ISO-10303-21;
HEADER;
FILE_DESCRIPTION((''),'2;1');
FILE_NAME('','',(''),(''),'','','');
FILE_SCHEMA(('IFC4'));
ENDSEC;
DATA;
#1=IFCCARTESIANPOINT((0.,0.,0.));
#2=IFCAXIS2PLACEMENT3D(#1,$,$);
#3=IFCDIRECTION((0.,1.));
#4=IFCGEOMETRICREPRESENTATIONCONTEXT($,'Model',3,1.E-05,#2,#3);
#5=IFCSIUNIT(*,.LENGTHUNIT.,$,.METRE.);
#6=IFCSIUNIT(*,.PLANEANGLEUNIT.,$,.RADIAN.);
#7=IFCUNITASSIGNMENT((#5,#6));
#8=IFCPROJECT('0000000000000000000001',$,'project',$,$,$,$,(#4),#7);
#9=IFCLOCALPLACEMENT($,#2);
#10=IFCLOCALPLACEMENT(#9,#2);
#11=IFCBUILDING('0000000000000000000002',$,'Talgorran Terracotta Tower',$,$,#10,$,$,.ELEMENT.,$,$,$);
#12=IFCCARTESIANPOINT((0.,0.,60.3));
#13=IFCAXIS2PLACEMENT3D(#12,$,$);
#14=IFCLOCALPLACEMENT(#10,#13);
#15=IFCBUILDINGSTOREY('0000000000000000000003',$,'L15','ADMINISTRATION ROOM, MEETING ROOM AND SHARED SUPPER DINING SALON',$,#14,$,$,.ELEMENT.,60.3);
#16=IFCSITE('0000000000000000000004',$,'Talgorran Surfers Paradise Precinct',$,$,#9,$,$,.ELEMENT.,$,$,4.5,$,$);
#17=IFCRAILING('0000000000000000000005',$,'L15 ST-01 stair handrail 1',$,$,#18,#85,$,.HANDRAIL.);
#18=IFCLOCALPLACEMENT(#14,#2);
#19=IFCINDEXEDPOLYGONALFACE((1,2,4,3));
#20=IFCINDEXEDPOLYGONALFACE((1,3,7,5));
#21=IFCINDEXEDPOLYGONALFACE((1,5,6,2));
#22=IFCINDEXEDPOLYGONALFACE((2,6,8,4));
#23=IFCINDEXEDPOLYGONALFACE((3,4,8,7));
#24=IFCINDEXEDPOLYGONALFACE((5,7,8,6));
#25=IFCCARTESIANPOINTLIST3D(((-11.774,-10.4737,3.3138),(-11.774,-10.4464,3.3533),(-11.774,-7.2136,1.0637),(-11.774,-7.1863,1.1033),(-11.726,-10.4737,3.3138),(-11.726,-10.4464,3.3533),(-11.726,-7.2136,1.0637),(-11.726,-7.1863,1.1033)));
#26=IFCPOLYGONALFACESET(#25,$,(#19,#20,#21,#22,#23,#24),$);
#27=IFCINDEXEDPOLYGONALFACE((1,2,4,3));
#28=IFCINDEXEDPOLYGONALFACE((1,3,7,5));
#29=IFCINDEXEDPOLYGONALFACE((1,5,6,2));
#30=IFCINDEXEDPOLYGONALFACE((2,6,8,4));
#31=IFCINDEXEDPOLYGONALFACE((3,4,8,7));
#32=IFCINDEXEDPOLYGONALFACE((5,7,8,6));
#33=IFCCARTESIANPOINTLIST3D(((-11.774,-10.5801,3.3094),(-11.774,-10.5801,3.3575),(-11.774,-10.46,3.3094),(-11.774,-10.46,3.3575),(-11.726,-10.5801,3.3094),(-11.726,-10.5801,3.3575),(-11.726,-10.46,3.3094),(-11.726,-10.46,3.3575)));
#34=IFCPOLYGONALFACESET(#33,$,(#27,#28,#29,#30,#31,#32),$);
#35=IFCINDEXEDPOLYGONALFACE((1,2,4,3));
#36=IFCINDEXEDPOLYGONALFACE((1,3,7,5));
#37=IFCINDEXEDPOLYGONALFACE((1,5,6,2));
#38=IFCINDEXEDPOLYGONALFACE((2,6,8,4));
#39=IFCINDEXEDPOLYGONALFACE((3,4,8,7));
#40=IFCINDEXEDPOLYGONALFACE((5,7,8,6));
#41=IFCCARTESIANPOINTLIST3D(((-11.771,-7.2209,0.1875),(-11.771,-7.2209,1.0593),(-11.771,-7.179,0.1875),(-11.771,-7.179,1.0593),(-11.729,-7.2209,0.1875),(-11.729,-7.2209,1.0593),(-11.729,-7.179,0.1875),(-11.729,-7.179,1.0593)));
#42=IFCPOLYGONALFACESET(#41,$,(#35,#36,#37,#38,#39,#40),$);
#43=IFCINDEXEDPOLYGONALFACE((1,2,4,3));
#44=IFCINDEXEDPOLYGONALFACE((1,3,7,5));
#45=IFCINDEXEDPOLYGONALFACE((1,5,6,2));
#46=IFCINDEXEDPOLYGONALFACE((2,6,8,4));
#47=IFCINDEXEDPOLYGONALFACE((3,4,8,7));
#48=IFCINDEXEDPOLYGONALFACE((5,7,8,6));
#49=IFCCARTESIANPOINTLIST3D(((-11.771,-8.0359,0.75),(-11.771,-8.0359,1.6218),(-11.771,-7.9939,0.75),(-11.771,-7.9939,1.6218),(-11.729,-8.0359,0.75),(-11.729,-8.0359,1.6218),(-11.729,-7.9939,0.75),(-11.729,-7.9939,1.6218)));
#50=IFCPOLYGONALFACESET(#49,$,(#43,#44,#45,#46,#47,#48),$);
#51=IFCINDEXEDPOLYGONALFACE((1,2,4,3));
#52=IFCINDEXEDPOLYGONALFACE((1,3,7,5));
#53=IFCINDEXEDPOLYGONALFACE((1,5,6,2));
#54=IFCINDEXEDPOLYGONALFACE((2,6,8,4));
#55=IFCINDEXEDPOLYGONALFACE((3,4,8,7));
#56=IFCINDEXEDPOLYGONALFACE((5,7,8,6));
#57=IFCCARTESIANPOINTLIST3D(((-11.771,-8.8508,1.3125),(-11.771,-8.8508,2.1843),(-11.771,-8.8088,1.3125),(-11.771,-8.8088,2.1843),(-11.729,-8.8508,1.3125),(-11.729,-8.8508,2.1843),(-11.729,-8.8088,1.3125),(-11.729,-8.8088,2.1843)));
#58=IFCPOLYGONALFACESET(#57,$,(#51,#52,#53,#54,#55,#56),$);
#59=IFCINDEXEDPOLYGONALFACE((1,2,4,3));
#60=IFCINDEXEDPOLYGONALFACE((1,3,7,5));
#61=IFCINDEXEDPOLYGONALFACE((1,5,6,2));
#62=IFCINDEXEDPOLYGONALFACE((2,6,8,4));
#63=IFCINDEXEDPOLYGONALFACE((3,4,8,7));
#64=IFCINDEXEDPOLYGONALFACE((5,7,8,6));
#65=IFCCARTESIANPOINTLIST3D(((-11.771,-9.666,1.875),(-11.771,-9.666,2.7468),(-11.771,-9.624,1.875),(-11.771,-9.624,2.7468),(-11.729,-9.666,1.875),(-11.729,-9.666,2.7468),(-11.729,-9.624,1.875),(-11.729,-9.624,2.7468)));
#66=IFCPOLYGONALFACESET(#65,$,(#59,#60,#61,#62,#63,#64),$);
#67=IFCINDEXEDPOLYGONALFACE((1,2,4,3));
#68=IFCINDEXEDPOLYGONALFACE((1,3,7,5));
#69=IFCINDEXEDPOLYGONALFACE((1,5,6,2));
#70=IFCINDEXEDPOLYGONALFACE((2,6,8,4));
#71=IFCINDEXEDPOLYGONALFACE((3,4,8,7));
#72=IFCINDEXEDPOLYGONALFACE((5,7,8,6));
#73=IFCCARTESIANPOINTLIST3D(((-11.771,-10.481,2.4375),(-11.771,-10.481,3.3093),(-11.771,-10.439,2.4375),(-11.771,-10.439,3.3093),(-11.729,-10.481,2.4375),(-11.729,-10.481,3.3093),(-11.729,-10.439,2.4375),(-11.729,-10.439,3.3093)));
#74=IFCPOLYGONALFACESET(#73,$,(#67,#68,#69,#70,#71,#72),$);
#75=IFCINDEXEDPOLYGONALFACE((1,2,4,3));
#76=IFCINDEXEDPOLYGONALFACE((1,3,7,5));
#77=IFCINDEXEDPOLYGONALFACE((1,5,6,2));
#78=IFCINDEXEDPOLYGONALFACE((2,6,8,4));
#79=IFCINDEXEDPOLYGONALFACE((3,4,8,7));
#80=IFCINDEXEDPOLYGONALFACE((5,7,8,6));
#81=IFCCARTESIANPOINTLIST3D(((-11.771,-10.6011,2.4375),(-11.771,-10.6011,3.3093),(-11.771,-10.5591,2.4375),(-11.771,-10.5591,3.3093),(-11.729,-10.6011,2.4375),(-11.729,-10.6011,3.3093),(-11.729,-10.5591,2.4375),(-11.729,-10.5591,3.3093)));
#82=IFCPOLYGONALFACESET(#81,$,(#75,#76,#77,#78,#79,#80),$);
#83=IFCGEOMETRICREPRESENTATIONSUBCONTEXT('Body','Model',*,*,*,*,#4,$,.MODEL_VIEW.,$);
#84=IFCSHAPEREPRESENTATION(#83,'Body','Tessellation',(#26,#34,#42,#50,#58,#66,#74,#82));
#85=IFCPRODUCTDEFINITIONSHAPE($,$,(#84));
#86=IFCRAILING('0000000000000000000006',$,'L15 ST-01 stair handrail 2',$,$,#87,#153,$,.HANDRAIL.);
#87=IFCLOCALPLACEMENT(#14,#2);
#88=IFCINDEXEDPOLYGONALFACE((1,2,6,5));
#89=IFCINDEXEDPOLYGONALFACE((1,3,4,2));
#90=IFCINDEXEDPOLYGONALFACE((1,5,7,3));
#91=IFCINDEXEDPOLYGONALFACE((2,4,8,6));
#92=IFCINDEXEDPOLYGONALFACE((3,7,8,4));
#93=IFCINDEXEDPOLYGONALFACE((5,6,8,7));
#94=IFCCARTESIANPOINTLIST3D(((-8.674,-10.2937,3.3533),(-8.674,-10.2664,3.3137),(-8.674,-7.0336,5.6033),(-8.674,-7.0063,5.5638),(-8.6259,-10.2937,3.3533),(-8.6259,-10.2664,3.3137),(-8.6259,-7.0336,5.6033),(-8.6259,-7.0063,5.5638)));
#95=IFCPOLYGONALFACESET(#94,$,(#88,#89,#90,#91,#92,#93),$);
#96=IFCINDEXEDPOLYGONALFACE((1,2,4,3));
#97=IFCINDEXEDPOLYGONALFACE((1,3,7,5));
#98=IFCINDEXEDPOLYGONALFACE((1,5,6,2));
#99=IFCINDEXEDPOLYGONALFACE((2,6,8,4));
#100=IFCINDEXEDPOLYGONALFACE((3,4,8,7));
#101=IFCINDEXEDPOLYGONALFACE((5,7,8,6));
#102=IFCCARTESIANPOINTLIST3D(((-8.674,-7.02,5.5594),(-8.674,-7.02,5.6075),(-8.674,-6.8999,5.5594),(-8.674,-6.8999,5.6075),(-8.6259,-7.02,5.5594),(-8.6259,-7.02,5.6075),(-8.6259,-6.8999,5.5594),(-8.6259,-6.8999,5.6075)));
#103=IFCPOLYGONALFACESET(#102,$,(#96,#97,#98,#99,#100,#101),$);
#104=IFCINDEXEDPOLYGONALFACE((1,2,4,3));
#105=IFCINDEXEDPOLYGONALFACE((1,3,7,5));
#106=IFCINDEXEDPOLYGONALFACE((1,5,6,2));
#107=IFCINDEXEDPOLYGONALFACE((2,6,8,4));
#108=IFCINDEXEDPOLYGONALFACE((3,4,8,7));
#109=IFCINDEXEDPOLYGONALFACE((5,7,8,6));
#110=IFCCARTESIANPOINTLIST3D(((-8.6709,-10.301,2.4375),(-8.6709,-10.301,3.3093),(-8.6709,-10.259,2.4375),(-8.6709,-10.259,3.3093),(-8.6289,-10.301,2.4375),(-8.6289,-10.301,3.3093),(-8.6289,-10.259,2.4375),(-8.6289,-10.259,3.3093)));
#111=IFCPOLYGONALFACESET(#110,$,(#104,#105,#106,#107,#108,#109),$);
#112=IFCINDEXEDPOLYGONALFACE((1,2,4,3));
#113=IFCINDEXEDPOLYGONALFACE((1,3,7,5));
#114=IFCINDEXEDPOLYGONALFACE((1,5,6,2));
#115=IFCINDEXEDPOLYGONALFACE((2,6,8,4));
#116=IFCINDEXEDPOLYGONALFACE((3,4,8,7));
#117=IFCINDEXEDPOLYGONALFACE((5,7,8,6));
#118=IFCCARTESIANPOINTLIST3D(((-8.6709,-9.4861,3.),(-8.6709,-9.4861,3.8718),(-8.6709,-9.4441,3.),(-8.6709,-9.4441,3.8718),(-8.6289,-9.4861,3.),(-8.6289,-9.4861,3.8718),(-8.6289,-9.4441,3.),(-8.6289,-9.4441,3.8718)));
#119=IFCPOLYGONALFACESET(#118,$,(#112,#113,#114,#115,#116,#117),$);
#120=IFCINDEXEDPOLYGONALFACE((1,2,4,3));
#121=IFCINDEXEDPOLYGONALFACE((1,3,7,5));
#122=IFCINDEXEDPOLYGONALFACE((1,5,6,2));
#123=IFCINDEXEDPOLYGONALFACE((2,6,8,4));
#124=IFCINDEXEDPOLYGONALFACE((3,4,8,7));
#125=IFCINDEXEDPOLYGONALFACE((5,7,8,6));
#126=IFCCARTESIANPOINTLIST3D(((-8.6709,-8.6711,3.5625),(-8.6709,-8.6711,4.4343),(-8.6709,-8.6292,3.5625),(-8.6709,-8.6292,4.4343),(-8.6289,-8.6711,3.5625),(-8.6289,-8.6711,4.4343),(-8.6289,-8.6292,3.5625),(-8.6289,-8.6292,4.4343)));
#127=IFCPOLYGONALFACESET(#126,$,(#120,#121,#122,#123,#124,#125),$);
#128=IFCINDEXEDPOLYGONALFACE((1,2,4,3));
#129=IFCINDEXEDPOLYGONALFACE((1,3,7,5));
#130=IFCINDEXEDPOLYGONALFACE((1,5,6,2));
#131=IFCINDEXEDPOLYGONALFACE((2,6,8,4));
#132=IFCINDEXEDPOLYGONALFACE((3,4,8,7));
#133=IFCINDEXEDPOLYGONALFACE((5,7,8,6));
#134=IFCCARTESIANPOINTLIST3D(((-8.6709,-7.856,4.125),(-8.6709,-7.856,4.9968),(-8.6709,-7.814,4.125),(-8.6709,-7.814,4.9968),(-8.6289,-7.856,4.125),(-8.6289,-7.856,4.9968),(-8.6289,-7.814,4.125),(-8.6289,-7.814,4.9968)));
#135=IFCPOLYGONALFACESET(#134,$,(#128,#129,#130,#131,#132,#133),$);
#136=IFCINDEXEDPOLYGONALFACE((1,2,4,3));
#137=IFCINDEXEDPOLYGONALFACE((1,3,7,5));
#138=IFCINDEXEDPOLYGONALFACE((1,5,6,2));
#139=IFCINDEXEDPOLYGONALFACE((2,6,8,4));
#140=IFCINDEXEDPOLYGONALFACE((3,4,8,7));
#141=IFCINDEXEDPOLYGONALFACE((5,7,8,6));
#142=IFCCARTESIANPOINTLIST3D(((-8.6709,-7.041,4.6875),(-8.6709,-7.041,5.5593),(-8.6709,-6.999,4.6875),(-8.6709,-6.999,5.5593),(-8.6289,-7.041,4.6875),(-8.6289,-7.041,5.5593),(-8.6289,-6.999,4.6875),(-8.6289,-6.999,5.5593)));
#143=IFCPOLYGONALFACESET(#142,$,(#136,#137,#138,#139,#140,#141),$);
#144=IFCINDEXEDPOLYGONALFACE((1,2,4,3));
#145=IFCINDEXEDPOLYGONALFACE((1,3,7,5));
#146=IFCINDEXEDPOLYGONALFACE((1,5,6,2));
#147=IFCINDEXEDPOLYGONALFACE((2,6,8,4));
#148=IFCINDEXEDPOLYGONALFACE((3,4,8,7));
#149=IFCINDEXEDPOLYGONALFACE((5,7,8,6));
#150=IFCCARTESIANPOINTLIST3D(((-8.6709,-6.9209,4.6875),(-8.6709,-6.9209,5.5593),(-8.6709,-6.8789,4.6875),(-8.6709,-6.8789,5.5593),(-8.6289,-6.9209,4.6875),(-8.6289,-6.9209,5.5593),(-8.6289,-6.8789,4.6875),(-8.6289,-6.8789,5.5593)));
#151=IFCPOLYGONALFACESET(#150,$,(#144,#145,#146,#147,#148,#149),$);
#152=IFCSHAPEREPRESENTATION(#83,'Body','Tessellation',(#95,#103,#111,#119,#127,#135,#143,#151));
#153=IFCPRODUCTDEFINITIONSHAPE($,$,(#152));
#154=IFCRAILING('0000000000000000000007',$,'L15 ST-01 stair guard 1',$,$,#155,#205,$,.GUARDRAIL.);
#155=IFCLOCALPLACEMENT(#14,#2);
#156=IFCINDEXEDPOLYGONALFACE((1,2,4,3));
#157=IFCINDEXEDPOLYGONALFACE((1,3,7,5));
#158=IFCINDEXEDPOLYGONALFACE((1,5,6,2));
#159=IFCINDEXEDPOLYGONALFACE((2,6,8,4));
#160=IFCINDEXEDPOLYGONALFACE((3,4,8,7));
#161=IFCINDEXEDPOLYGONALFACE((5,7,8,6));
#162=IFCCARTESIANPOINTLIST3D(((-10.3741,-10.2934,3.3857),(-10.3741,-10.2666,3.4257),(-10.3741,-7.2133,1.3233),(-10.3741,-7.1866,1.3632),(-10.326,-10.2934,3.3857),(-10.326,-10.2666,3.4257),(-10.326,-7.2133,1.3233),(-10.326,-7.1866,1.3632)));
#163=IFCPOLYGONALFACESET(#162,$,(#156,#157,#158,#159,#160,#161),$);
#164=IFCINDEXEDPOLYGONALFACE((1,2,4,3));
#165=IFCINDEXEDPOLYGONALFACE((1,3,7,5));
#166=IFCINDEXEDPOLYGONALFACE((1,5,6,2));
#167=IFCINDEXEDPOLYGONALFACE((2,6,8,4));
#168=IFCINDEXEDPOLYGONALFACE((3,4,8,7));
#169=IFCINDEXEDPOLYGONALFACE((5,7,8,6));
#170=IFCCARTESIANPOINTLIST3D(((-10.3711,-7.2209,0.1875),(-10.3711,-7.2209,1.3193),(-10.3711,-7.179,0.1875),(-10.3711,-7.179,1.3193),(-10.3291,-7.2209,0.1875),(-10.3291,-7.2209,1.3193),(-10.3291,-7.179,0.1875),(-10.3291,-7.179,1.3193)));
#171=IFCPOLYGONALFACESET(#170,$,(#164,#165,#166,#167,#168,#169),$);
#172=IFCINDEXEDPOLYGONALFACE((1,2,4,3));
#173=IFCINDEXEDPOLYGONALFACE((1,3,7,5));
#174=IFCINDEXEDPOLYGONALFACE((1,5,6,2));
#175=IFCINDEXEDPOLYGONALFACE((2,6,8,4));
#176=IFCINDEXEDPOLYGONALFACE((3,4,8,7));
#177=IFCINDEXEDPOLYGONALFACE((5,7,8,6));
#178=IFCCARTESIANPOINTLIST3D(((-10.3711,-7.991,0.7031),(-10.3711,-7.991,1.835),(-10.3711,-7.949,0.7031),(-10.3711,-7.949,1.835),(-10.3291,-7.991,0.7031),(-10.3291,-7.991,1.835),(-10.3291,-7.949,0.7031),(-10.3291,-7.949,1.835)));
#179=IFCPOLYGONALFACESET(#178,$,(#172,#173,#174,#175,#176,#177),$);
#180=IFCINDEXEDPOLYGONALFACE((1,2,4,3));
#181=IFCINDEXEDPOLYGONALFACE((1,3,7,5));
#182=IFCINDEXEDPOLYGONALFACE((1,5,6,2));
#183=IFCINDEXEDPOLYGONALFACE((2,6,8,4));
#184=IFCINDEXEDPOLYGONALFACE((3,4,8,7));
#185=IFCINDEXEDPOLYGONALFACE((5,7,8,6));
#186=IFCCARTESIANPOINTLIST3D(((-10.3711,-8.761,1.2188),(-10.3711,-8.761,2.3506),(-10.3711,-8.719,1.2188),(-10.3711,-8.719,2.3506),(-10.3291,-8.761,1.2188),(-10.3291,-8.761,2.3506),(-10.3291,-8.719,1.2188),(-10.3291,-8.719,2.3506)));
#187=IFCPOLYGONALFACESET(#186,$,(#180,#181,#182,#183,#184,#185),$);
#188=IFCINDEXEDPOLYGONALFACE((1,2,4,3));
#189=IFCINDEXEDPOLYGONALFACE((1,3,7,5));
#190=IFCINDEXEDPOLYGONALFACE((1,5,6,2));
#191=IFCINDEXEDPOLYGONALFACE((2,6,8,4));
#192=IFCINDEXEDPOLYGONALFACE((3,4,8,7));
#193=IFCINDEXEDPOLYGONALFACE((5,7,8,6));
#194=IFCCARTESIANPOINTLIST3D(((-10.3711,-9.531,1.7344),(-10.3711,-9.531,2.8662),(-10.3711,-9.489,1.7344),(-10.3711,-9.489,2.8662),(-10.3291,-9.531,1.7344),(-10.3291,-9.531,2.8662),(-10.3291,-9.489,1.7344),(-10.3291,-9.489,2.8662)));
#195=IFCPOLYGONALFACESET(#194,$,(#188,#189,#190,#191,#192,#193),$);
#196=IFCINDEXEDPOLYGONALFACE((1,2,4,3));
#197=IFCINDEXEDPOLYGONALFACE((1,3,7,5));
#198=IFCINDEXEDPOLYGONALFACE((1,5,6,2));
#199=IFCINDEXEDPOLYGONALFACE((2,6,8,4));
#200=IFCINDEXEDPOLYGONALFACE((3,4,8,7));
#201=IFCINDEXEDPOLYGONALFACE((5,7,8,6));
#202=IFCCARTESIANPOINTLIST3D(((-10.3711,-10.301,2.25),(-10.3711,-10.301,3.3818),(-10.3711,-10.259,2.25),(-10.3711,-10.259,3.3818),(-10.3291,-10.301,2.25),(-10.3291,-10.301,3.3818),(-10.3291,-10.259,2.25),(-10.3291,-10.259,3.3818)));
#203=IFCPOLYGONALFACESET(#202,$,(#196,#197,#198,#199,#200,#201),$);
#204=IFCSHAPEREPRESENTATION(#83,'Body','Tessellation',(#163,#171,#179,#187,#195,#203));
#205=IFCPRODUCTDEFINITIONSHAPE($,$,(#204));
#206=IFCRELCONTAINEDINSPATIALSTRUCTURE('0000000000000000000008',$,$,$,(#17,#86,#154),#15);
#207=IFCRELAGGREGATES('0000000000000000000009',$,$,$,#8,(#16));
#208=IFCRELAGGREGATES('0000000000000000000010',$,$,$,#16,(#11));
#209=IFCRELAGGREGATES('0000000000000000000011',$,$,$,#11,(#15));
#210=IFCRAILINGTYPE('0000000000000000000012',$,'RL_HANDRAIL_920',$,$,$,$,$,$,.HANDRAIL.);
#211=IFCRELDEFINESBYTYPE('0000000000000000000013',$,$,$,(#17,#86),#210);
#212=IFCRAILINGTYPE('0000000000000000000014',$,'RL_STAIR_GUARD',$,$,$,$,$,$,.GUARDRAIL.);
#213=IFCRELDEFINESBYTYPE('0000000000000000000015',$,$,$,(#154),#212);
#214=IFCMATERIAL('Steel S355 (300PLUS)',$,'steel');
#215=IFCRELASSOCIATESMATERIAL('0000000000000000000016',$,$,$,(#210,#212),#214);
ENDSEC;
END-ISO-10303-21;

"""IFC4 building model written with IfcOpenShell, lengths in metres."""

from ifc_helpers import new_model, si_unit, direction, frame, origin, origin_2d, place, context, subcontext, project, spatial, rectangle, extrude, material, type_object, element, save


model = new_model("IFC4")

# Units and contexts
model_context = context("Model", 3, precision=1e-05, world=origin(), true_north=direction((0.0, 1.0)))
body_context = subcontext(model_context, "Body", "Model", "MODEL_VIEW")
ifc_project = project(units=[si_unit("LENGTHUNIT", "METRE"), si_unit("PLANEANGLEUNIT", "RADIAN")], contexts=[model_context])

# Site, building, storey
site_placement = place(None, origin())
site = spatial("IfcSite", under=ifc_project, at=site_placement, Name="Talgorran Surfers Paradise Precinct", CompositionType="ELEMENT", RefElevation=4.5)
building_placement = place(site_placement, origin())
building = spatial("IfcBuilding", under=site, at=building_placement, Name="Talgorran Terracotta Tower", CompositionType="ELEMENT")
storey_placement = place(building_placement, frame((0.0, 0.0, 60.3)))
storey = spatial("IfcBuildingStorey", under=building, at=storey_placement, Name="L15", Description="ADMINISTRATION ROOM, MEETING ROOM AND SHARED SUPPER DINING SALON", CompositionType="ELEMENT", Elevation=60.3)

# Railings
ifc_material_1 = material(Name="Steel S355 (300PLUS)", Category="steel")
railing_type_1 = type_object("IfcRailingType", Name="RL_HANDRAIL_920", PredefinedType="HANDRAIL", material=ifc_material_1)
railing_1_placement = place(storey_placement, frame((-11.75, -7.2, 0.1875)))
element("IfcRailing", 1, at=railing_1_placement, inside=storey, type_object=railing_type_1, Name="L15 ST-01 stair handrail 1", PredefinedType="HANDRAIL", context=body_context, shape_type="SweptSolid", body=[
    extrude(rectangle(XDim=0.0481, YDim=0.0481, at=origin_2d()), frame((0.0, 0.0, 0.896), z_axis=(0.0, -0.82301, 0.568027), x_axis=(1.0, 0.0, 0.0)), (0.0, 0.0, 1.0), 3.9612),
    extrude(rectangle(XDim=0.0481, YDim=0.0481, at=origin_2d()), frame((0.0, -3.26, 3.146), z_axis=(0.0, -1.0, 0.0), x_axis=(1.0, 0.0, 0.0)), (0.0, 0.0, 1.0), 0.1201),
    extrude(rectangle(XDim=0.042, YDim=0.042, at=origin_2d()), origin(), (0.0, 0.0, 1.0), 0.8718),
    extrude(rectangle(XDim=0.042, YDim=0.042, at=origin_2d()), frame((0.0, -0.8149, 0.5625)), (0.0, 0.0, 1.0), 0.8718),
    extrude(rectangle(XDim=0.042, YDim=0.042, at=origin_2d()), frame((0.0, -1.6299, 1.125)), (0.0, 0.0, 1.0), 0.8718),
    extrude(rectangle(XDim=0.042, YDim=0.042, at=origin_2d()), frame((0.0, -2.4451, 1.6875)), (0.0, 0.0, 1.0), 0.8718),
    extrude(rectangle(XDim=0.042, YDim=0.042, at=origin_2d()), frame((0.0, -3.26, 2.25)), (0.0, 0.0, 1.0), 0.8718),
    extrude(rectangle(XDim=0.042, YDim=0.042, at=origin_2d()), frame((0.0, -3.3801, 2.25)), (0.0, 0.0, 1.0), 0.8718),
])
railing_2_placement = place(storey_placement, frame((-8.6499, -10.28, 2.4375)))
element("IfcRailing", 2, at=railing_2_placement, inside=storey, type_object=railing_type_1, Name="L15 ST-01 stair handrail 2", PredefinedType="HANDRAIL", context=body_context, shape_type="SweptSolid", body=[
    extrude(rectangle(XDim=0.0481, YDim=0.0481, at=origin_2d()), frame((0.0, 0.0, 0.896), z_axis=(0.0, 0.82301, 0.568027), x_axis=(-1.0, 0.0, 0.0)), (0.0, 0.0, 1.0), 3.9612),
    extrude(rectangle(XDim=0.0481, YDim=0.0481, at=origin_2d()), frame((0.0, 3.26, 3.146), z_axis=(0.0, 1.0, 0.0), x_axis=(-1.0, 0.0, 0.0)), (0.0, 0.0, 1.0), 0.1201),
    extrude(rectangle(XDim=0.042, YDim=0.042, at=origin_2d()), origin(), (0.0, 0.0, 1.0), 0.8718),
    extrude(rectangle(XDim=0.042, YDim=0.042, at=origin_2d()), frame((0.0, 0.8149, 0.5625)), (0.0, 0.0, 1.0), 0.8718),
    extrude(rectangle(XDim=0.042, YDim=0.042, at=origin_2d()), frame((0.0, 1.6299, 1.125)), (0.0, 0.0, 1.0), 0.8718),
    extrude(rectangle(XDim=0.042, YDim=0.042, at=origin_2d()), frame((0.0, 2.4451, 1.6875)), (0.0, 0.0, 1.0), 0.8718),
    extrude(rectangle(XDim=0.042, YDim=0.042, at=origin_2d()), frame((0.0, 3.26, 2.25)), (0.0, 0.0, 1.0), 0.8718),
    extrude(rectangle(XDim=0.042, YDim=0.042, at=origin_2d()), frame((0.0, 3.3801, 2.25)), (0.0, 0.0, 1.0), 0.8718),
])
railing_type_2 = type_object("IfcRailingType", Name="RL_STAIR_GUARD", PredefinedType="GUARDRAIL", material=ifc_material_1)
railing_3_placement = place(storey_placement, frame((-10.3501, -7.2, 0.1875)))
element("IfcRailing", 3, at=railing_3_placement, inside=storey, type_object=railing_type_2, Name="L15 ST-01 stair guard 1", PredefinedType="GUARDRAIL", context=body_context, shape_type="SweptSolid", body=[
    extrude(rectangle(XDim=0.0481, YDim=0.0481, at=origin_2d()), frame((0.0, 0.0, 1.1558), z_axis=(0.0, -0.830914, 0.556401), x_axis=(1.0, 0.0, 0.0)), (0.0, 0.0, 1.0), 3.7068),
    extrude(rectangle(XDim=0.042, YDim=0.042, at=origin_2d()), origin(), (0.0, 0.0, 1.0), 1.1318),
    extrude(rectangle(XDim=0.042, YDim=0.042, at=origin_2d()), frame((0.0, -0.77, 0.5156)), (0.0, 0.0, 1.0), 1.1318),
    extrude(rectangle(XDim=0.042, YDim=0.042, at=origin_2d()), frame((0.0, -1.54, 1.0312)), (0.0, 0.0, 1.0), 1.1318),
    extrude(rectangle(XDim=0.042, YDim=0.042, at=origin_2d()), frame((0.0, -2.3101, 1.5469)), (0.0, 0.0, 1.0), 1.1318),
    extrude(rectangle(XDim=0.042, YDim=0.042, at=origin_2d()), frame((0.0, -3.0801, 2.0625)), (0.0, 0.0, 1.0), 1.1318),
])

save(model, "model.ifc")
